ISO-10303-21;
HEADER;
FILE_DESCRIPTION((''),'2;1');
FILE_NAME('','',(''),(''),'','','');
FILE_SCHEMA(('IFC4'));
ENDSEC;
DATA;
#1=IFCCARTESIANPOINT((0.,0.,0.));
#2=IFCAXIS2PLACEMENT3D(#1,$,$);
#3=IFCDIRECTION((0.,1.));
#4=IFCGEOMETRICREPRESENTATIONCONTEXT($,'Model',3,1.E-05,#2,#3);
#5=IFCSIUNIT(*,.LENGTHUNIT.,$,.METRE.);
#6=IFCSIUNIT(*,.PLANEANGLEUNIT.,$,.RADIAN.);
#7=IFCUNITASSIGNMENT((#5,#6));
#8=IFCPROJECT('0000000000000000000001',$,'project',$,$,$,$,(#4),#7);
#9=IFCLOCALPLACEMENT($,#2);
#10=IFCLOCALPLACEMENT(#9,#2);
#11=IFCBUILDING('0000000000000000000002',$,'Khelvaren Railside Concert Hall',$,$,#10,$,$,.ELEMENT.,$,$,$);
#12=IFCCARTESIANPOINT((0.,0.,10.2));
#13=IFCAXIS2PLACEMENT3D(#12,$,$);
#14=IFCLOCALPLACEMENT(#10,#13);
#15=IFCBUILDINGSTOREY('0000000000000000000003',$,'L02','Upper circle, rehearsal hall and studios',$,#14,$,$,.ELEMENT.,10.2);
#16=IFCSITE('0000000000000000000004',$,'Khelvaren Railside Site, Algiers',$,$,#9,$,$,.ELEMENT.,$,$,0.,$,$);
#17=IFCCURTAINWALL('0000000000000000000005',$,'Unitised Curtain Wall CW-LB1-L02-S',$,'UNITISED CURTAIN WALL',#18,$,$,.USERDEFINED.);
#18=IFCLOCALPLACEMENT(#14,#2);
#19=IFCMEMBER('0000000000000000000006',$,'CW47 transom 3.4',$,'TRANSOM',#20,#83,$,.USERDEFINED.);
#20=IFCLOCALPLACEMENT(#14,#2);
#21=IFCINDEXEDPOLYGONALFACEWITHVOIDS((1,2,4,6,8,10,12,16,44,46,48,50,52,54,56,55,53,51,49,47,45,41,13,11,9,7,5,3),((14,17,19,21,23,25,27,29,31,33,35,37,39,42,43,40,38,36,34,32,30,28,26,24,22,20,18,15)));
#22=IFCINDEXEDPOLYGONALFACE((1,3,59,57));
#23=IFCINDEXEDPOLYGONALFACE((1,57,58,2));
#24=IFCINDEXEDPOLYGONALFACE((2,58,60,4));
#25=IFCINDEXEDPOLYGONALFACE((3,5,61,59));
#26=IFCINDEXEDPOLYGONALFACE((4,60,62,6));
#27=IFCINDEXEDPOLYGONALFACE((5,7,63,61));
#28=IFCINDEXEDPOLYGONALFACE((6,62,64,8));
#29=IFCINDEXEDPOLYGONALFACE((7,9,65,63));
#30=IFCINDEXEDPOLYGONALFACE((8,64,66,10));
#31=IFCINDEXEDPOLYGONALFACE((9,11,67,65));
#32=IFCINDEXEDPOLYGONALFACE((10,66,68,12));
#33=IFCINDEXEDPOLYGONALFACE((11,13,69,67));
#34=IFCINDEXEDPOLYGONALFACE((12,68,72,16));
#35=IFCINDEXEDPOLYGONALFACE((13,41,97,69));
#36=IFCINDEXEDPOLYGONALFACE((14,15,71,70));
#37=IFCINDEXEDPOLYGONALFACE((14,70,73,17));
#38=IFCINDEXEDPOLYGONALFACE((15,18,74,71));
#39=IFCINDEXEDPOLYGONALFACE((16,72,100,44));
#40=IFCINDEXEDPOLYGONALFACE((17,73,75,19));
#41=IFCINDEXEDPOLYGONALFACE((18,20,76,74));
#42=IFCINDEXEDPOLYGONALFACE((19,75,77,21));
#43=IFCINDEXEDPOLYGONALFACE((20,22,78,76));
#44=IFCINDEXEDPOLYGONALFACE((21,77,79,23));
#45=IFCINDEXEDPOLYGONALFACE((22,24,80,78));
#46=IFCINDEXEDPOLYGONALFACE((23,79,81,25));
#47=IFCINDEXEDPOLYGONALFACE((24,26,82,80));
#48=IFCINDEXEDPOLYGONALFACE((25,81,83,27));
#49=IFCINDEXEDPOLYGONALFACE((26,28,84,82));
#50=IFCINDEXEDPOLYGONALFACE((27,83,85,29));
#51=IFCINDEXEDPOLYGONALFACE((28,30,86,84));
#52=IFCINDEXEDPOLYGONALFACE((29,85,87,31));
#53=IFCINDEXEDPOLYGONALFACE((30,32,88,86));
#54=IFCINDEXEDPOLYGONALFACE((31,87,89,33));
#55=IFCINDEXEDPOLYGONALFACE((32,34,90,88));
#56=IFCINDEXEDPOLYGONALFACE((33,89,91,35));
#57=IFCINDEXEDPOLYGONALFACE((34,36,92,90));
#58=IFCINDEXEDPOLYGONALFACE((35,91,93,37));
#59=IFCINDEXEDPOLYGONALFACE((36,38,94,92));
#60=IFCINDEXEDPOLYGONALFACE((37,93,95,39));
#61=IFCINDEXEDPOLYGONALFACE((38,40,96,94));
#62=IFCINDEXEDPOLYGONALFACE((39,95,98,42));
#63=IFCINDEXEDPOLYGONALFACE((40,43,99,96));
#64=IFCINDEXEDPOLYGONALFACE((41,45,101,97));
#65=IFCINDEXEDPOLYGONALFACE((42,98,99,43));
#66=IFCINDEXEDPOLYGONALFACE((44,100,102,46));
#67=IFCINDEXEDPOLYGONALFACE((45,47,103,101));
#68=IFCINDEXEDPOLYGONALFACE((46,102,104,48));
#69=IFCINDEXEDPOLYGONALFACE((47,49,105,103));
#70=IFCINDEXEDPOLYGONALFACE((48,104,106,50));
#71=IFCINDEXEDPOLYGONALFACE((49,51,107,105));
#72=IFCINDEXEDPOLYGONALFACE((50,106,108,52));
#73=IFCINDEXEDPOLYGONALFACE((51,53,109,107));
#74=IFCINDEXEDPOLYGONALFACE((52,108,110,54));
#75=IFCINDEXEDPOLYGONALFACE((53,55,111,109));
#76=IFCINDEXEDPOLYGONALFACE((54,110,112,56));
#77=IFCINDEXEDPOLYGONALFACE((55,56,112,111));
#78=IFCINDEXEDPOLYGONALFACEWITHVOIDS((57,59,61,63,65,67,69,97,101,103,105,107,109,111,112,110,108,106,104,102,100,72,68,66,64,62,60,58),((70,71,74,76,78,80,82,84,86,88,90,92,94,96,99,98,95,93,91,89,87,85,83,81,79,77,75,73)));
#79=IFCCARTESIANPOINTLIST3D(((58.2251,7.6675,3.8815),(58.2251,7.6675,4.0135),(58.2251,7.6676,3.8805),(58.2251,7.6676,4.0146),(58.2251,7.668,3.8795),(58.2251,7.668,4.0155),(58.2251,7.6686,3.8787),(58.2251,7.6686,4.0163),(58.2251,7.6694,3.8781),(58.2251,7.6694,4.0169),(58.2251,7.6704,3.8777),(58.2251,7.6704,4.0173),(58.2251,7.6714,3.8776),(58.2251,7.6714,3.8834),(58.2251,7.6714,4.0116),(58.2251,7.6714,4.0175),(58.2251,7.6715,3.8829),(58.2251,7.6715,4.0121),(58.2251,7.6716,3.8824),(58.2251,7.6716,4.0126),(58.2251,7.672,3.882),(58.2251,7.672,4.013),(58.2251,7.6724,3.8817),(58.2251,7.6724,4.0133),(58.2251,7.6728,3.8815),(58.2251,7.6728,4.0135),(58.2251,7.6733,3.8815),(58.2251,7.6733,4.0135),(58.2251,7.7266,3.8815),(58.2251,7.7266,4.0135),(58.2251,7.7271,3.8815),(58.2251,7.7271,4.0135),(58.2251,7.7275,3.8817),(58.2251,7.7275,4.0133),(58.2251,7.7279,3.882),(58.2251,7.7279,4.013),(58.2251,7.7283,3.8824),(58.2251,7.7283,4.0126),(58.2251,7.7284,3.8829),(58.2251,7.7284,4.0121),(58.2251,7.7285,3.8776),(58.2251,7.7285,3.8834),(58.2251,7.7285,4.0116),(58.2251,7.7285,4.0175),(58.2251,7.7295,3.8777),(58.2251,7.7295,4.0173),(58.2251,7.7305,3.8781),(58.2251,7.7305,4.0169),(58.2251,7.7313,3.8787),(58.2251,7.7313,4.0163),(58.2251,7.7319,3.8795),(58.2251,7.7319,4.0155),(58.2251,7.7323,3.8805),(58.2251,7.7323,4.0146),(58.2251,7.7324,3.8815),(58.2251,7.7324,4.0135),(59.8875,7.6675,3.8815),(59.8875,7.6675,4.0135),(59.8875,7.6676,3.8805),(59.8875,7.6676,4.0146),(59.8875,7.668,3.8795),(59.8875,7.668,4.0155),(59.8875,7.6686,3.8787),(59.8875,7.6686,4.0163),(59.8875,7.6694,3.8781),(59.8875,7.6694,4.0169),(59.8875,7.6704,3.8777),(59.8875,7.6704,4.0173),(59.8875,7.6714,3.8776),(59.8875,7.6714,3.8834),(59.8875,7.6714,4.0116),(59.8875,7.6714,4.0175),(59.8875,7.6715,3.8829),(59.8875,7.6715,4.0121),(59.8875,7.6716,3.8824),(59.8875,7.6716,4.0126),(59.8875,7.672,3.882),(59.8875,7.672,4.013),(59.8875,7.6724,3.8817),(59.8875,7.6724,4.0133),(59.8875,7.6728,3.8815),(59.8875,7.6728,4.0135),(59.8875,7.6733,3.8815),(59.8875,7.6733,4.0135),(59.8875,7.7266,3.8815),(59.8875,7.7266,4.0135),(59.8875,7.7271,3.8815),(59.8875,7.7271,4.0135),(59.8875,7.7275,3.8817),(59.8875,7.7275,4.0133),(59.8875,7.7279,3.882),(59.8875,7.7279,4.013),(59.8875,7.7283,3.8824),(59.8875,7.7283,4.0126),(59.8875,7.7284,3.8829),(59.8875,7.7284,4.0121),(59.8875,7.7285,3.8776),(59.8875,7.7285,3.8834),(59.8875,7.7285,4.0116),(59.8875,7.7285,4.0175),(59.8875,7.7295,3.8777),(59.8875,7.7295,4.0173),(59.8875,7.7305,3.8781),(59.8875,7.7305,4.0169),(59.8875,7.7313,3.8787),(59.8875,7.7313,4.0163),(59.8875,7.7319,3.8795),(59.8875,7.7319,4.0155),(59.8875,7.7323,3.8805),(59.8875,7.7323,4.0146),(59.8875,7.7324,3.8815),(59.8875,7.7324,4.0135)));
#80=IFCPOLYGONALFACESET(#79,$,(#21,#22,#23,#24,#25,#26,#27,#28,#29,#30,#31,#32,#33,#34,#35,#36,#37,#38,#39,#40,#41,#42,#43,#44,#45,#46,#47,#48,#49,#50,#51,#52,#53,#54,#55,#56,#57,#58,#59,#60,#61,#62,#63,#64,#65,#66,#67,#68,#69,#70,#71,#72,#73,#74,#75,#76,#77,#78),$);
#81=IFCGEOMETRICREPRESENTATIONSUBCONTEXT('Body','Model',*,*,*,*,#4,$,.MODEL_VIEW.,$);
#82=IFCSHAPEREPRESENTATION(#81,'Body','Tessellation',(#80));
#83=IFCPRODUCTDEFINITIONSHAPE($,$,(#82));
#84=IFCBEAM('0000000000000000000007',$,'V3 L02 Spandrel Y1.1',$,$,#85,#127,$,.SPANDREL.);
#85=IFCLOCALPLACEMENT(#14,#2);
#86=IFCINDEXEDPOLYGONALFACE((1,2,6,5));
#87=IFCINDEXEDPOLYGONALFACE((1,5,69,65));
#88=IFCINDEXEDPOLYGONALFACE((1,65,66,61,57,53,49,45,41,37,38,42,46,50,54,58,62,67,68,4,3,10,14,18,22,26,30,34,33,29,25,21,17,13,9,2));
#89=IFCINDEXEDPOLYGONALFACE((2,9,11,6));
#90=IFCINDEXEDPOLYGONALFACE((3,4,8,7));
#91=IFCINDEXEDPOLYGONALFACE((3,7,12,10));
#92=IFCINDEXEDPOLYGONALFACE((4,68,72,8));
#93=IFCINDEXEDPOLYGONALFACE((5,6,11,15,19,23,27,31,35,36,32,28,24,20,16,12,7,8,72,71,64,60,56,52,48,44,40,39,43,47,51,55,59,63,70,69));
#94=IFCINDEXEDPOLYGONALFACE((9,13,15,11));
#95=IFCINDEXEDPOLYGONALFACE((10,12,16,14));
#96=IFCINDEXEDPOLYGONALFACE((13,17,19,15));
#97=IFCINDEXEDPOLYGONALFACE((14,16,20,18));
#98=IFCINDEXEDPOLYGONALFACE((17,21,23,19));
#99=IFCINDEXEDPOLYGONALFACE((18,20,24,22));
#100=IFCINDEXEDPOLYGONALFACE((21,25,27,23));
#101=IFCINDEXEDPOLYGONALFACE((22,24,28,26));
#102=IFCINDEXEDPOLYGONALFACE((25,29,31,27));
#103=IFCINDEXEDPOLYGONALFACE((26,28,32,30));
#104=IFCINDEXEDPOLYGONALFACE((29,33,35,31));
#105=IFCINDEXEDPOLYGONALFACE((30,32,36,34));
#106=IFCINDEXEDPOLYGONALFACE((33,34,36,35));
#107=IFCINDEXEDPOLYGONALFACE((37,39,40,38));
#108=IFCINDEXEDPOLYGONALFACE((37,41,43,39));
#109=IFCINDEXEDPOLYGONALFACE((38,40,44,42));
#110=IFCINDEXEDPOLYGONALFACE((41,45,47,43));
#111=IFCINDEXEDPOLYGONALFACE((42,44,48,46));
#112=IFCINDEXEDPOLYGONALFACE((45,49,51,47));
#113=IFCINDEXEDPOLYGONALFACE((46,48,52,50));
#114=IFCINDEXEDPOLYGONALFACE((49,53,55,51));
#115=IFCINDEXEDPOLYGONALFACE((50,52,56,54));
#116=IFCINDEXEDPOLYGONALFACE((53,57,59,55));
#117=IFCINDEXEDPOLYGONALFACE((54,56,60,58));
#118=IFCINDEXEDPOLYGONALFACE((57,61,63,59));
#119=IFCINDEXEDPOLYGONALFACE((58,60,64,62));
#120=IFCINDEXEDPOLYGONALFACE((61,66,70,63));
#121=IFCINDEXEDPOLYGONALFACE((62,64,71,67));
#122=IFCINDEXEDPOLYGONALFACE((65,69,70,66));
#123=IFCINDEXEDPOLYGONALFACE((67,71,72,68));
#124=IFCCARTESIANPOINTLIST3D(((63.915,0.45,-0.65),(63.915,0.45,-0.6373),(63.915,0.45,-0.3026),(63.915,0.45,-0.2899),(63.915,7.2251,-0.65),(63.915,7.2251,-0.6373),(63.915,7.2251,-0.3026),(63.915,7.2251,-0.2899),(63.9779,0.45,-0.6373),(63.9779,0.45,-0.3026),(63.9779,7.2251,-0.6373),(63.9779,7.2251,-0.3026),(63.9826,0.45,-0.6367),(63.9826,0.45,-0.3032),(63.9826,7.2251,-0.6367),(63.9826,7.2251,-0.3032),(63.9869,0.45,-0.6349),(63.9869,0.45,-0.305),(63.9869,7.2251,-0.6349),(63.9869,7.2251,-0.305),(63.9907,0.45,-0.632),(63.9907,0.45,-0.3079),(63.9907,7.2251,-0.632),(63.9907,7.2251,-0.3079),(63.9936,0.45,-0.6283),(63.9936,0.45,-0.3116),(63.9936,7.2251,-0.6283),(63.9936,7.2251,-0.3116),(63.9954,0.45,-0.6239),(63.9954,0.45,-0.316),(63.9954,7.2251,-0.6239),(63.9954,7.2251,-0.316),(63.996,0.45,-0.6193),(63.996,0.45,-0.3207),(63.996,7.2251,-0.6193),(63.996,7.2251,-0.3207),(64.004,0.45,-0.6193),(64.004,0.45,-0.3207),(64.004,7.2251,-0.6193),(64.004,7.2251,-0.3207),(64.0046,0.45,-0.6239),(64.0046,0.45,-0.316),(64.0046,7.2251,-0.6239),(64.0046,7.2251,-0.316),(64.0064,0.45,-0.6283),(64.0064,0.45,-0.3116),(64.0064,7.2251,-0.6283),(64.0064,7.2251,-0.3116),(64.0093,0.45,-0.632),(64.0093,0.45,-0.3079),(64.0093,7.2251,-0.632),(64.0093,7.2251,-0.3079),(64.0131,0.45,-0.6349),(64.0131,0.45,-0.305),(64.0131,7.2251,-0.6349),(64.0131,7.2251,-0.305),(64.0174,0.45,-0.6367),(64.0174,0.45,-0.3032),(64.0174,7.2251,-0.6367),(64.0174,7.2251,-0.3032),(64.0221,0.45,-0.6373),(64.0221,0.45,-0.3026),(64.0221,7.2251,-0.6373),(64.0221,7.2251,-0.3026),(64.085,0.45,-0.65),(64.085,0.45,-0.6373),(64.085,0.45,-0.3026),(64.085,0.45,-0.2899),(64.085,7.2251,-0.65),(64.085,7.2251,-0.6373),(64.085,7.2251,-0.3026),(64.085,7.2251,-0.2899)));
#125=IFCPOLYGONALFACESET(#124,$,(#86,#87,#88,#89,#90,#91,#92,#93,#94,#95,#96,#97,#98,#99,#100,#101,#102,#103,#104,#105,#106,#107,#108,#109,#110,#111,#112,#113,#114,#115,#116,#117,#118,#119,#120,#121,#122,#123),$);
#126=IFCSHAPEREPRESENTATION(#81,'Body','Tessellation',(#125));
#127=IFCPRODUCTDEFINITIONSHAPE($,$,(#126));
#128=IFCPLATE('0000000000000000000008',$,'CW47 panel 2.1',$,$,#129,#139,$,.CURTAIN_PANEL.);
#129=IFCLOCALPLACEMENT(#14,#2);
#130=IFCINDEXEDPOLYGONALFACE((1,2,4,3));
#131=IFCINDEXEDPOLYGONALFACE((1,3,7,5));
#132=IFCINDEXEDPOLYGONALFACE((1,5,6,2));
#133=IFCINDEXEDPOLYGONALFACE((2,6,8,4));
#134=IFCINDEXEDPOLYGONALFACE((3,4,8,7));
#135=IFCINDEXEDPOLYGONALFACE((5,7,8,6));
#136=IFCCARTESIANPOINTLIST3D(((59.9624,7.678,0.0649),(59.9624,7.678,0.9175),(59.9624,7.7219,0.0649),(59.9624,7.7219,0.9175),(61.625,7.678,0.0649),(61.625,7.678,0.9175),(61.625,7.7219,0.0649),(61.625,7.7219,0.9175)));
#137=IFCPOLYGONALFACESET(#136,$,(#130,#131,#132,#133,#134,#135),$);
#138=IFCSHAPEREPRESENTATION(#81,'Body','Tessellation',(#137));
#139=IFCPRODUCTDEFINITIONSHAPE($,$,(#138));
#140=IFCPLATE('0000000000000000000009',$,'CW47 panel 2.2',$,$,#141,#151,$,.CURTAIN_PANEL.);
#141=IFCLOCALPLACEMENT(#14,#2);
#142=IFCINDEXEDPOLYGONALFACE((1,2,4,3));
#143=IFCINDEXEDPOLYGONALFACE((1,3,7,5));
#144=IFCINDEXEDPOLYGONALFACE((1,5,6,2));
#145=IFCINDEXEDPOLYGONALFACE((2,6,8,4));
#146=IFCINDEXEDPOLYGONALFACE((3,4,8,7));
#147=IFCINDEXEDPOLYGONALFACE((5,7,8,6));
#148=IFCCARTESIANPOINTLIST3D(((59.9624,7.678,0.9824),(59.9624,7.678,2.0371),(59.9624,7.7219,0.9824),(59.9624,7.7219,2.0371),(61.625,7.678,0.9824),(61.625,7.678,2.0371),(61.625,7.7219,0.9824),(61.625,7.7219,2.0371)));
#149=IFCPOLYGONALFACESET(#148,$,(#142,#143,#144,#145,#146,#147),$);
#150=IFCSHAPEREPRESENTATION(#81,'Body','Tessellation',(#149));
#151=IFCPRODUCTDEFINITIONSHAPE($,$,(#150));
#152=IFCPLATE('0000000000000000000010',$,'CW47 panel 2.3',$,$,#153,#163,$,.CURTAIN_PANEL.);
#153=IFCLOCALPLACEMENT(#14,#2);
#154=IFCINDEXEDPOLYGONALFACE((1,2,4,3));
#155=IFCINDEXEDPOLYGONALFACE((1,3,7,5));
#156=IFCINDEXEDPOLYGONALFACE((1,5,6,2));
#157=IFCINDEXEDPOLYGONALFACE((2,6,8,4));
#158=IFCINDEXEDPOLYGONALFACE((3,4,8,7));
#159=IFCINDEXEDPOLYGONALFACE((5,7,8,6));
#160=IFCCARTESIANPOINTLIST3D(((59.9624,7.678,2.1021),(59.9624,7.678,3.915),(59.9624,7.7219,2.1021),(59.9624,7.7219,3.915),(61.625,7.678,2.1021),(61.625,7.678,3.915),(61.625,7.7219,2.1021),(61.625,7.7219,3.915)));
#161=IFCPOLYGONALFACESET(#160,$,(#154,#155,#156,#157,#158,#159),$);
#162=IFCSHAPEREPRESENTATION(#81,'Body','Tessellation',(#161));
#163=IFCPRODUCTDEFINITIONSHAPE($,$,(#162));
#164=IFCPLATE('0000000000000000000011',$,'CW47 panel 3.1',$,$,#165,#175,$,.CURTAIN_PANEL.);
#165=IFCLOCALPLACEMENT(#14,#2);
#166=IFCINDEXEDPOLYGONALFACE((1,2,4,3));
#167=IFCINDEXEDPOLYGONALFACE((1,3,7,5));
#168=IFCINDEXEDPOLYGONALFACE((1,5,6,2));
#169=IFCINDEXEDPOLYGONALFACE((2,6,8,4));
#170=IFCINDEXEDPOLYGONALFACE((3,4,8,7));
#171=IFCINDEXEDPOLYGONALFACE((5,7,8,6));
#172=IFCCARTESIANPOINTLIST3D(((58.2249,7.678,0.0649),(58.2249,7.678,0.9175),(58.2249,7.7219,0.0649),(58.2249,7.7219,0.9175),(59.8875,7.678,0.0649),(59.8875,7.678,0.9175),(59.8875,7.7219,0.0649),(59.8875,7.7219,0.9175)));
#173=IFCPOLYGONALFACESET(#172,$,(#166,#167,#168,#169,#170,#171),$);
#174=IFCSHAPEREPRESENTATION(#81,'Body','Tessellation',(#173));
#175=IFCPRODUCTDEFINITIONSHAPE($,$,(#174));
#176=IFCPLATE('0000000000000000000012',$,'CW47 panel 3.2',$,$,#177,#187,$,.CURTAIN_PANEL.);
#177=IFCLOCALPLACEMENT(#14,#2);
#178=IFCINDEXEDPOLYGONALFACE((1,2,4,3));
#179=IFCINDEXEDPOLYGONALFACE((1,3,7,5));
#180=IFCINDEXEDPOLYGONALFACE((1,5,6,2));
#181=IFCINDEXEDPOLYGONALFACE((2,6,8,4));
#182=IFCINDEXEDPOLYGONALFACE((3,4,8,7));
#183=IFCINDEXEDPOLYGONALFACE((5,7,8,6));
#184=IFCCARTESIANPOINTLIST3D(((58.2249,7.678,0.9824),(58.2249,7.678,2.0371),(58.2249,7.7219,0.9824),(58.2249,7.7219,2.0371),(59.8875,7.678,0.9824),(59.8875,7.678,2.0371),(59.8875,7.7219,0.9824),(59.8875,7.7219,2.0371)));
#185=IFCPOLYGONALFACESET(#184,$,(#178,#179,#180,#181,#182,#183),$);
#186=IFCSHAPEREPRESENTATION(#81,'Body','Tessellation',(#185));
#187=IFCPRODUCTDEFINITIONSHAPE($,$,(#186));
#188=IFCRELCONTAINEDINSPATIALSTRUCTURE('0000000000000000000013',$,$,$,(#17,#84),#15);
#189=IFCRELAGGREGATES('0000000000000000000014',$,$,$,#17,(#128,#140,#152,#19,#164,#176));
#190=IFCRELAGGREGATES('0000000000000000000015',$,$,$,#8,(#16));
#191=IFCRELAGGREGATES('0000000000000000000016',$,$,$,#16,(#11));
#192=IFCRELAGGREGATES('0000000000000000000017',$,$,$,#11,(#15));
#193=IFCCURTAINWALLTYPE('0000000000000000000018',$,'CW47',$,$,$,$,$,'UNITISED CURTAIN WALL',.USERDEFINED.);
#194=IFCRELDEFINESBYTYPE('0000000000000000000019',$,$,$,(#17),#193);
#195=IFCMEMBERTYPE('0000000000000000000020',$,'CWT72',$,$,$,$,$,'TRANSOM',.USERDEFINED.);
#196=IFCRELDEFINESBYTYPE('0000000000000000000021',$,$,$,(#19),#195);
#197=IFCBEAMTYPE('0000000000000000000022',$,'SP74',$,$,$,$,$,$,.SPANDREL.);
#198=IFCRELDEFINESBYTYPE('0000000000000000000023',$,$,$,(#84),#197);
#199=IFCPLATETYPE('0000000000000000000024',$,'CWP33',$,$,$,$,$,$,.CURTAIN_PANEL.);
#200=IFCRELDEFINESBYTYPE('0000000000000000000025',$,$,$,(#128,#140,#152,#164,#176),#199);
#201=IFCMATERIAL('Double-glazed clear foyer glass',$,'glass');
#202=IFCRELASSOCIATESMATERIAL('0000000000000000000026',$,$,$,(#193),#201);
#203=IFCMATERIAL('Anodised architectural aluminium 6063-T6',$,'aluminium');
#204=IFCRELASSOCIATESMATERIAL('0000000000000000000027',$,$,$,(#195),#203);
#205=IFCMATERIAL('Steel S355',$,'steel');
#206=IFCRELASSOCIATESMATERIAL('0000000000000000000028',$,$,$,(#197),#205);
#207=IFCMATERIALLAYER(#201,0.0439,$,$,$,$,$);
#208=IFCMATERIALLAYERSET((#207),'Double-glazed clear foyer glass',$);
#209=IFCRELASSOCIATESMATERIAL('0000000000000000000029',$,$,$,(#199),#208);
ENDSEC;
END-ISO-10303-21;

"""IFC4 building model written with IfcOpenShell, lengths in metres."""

from ifc_helpers import new_model, si_unit, direction, frame, origin, origin_2d, place, context, subcontext, project, spatial, rectangle, hollow_rectangle, i_section, extrude, material, layer, layer_set, material_profile, profile_set, type_object, element, aggregate, save


model = new_model("IFC4")

# Units and contexts
model_context = context("Model", 3, precision=1e-05, world=origin(), true_north=direction((0.0, 1.0)))
body_context = subcontext(model_context, "Body", "Model", "MODEL_VIEW")
ifc_project = project(units=[si_unit("LENGTHUNIT", "METRE"), si_unit("PLANEANGLEUNIT", "RADIAN")], contexts=[model_context])

# Site, building, storey
site_placement = place(None, origin())
site = spatial("IfcSite", under=ifc_project, at=site_placement, Name="Khelvaren Railside Site, Algiers", CompositionType="ELEMENT", RefElevation=0.0)
building_placement = place(site_placement, origin())
building = spatial("IfcBuilding", under=site, at=building_placement, Name="Khelvaren Railside Concert Hall", CompositionType="ELEMENT")
storey_placement = place(building_placement, frame((0.0, 0.0, 10.2)))
storey = spatial("IfcBuildingStorey", under=building, at=storey_placement, Name="L02", Description="Upper circle, rehearsal hall and studios", CompositionType="ELEMENT", Elevation=10.2)

# Shared definitions
ifc_material_1 = material(Name="Steel S355", Category="steel")

# Curtain wall, member
ifc_material_2 = material(Name="Double-glazed clear foyer glass", Category="glass")
curtain_wall_type = type_object("IfcCurtainWallType", Name="CW47", ElementType="UNITISED CURTAIN WALL", PredefinedType="USERDEFINED", material=ifc_material_2)
curtain_wall_placement = place(storey_placement, origin())
curtain_wall = element("IfcCurtainWall", 1, at=curtain_wall_placement, inside=storey, type_object=curtain_wall_type, Name="Unitised Curtain Wall CW-LB1-L02-S", ObjectType="UNITISED CURTAIN WALL", PredefinedType="USERDEFINED")
ifc_material_3 = material(Name="Anodised architectural aluminium 6063-T6", Category="aluminium")
ifc_material_profile_1 = material_profile(ifc_material_3, hollow_rectangle(XDim=0.0649, YDim=0.1399, WallThickness=0.0039, InnerFilletRadius=0.002, OuterFilletRadius=0.0039, at=origin_2d()), Name="CWT 65x140x4")
ifc_profile_set_1 = profile_set([ifc_material_profile_1], Name="Anodised architectural aluminium 6063-T6")
member_type_1 = type_object("IfcMemberType", Name="CWT72", ElementType="TRANSOM", PredefinedType="USERDEFINED", material=ifc_profile_set_1)
member_1_placement = place(storey_placement, frame((59.8875, 7.7, 3.9475), z_axis=(-1.0, 0.0, 0.0), x_axis=(0.0, -1.0, 0.0)))
member_1 = element("IfcMember", 2, at=member_1_placement, type_object=member_type_1, Name="CW47 transom 3.4", ObjectType="TRANSOM", PredefinedType="USERDEFINED", context=body_context, shape_type="SweptSolid", body=[
    extrude(hollow_rectangle(XDim=0.0649, YDim=0.1399, WallThickness=0.0039, InnerFilletRadius=0.002, OuterFilletRadius=0.0039, at=origin_2d()), origin(), (0.0, 0.0, 1.0), 1.6624),
])

# Beam
ifc_material_profile_2 = material_profile(ifc_material_1, i_section(OverallWidth=0.1699, OverallDepth=0.3601, WebThickness=0.0081, FlangeThickness=0.0127, FilletRadius=0.0181, at=origin_2d()), Name="IPE 360")
ifc_profile_set_2 = profile_set([ifc_material_profile_2], Name="Steel S355")
beam_type_1 = type_object("IfcBeamType", Name="SP74", PredefinedType="SPANDREL", material=ifc_profile_set_2)
beam_1_placement = place(storey_placement, frame((64.0, 0.45, -0.47), z_axis=(0.0, 1.0, 0.0), x_axis=(-1.0, 0.0, 0.0)))
element("IfcBeam", 3, at=beam_1_placement, inside=storey, type_object=beam_type_1, Name="V3 L02 Spandrel Y1.1", PredefinedType="SPANDREL", context=body_context, shape_type="SweptSolid", body=[
    extrude(i_section(OverallWidth=0.1699, OverallDepth=0.3601, WebThickness=0.0081, FlangeThickness=0.0127, FilletRadius=0.0181, at=origin_2d()), origin(), (0.0, 0.0, 1.0), 6.7751),
])

# Plates
ifc_layer_1 = layer(ifc_material_2, 0.0439)
ifc_layer_set_1 = layer_set([ifc_layer_1], Name="Double-glazed clear foyer glass")
plate_type = type_object("IfcPlateType", Name="CWP33", PredefinedType="CURTAIN_PANEL", material=ifc_layer_set_1)
plate_1_placement = place(storey_placement, frame((60.7937, 7.7, 0.0649), z_axis=(0.0, 0.0, 1.0), x_axis=(-1.0, 0.0, 0.0)))
plate_1 = element("IfcPlate", 4, at=plate_1_placement, type_object=plate_type, Name="CW47 panel 2.1", PredefinedType="CURTAIN_PANEL", context=body_context, shape_type="SweptSolid", body=[
    extrude(rectangle(XDim=1.6626, YDim=0.0439, at=origin_2d()), origin(), (0.0, 0.0, 1.0), 0.8525),
])
plate_2_placement = place(storey_placement, frame((60.7937, 7.7, 0.9824), z_axis=(0.0, 0.0, 1.0), x_axis=(-1.0, 0.0, 0.0)))
plate_2 = element("IfcPlate", 5, at=plate_2_placement, type_object=plate_type, Name="CW47 panel 2.2", PredefinedType="CURTAIN_PANEL", context=body_context, shape_type="SweptSolid", body=[
    extrude(rectangle(XDim=1.6626, YDim=0.0439, at=origin_2d()), origin(), (0.0, 0.0, 1.0), 1.0547),
])
plate_3_placement = place(storey_placement, frame((60.7937, 7.7, 2.1021), z_axis=(0.0, 0.0, 1.0), x_axis=(-1.0, 0.0, 0.0)))
plate_3 = element("IfcPlate", 6, at=plate_3_placement, type_object=plate_type, Name="CW47 panel 2.3", PredefinedType="CURTAIN_PANEL", context=body_context, shape_type="SweptSolid", body=[
    extrude(rectangle(XDim=1.6626, YDim=0.0439, at=origin_2d()), origin(), (0.0, 0.0, 1.0), 1.813),
])
plate_4_placement = place(storey_placement, frame((59.0562, 7.7, 0.0649), z_axis=(0.0, 0.0, 1.0), x_axis=(-1.0, 0.0, 0.0)))
plate_4 = element("IfcPlate", 7, at=plate_4_placement, type_object=plate_type, Name="CW47 panel 3.1", PredefinedType="CURTAIN_PANEL", context=body_context, shape_type="SweptSolid", body=[
    extrude(rectangle(XDim=1.6626, YDim=0.0439, at=origin_2d()), origin(), (0.0, 0.0, 1.0), 0.8525),
])
plate_5_placement = place(storey_placement, frame((59.0562, 7.7, 0.9824), z_axis=(0.0, 0.0, 1.0), x_axis=(-1.0, 0.0, 0.0)))
plate_5 = element("IfcPlate", 8, at=plate_5_placement, type_object=plate_type, Name="CW47 panel 3.2", PredefinedType="CURTAIN_PANEL", context=body_context, shape_type="SweptSolid", body=[
    extrude(rectangle(XDim=1.6626, YDim=0.0439, at=origin_2d()), origin(), (0.0, 0.0, 1.0), 1.0547),
])
aggregate(curtain_wall, [plate_1, plate_2, plate_3, member_1, plate_4, plate_5])

save(model, "model.ifc")
